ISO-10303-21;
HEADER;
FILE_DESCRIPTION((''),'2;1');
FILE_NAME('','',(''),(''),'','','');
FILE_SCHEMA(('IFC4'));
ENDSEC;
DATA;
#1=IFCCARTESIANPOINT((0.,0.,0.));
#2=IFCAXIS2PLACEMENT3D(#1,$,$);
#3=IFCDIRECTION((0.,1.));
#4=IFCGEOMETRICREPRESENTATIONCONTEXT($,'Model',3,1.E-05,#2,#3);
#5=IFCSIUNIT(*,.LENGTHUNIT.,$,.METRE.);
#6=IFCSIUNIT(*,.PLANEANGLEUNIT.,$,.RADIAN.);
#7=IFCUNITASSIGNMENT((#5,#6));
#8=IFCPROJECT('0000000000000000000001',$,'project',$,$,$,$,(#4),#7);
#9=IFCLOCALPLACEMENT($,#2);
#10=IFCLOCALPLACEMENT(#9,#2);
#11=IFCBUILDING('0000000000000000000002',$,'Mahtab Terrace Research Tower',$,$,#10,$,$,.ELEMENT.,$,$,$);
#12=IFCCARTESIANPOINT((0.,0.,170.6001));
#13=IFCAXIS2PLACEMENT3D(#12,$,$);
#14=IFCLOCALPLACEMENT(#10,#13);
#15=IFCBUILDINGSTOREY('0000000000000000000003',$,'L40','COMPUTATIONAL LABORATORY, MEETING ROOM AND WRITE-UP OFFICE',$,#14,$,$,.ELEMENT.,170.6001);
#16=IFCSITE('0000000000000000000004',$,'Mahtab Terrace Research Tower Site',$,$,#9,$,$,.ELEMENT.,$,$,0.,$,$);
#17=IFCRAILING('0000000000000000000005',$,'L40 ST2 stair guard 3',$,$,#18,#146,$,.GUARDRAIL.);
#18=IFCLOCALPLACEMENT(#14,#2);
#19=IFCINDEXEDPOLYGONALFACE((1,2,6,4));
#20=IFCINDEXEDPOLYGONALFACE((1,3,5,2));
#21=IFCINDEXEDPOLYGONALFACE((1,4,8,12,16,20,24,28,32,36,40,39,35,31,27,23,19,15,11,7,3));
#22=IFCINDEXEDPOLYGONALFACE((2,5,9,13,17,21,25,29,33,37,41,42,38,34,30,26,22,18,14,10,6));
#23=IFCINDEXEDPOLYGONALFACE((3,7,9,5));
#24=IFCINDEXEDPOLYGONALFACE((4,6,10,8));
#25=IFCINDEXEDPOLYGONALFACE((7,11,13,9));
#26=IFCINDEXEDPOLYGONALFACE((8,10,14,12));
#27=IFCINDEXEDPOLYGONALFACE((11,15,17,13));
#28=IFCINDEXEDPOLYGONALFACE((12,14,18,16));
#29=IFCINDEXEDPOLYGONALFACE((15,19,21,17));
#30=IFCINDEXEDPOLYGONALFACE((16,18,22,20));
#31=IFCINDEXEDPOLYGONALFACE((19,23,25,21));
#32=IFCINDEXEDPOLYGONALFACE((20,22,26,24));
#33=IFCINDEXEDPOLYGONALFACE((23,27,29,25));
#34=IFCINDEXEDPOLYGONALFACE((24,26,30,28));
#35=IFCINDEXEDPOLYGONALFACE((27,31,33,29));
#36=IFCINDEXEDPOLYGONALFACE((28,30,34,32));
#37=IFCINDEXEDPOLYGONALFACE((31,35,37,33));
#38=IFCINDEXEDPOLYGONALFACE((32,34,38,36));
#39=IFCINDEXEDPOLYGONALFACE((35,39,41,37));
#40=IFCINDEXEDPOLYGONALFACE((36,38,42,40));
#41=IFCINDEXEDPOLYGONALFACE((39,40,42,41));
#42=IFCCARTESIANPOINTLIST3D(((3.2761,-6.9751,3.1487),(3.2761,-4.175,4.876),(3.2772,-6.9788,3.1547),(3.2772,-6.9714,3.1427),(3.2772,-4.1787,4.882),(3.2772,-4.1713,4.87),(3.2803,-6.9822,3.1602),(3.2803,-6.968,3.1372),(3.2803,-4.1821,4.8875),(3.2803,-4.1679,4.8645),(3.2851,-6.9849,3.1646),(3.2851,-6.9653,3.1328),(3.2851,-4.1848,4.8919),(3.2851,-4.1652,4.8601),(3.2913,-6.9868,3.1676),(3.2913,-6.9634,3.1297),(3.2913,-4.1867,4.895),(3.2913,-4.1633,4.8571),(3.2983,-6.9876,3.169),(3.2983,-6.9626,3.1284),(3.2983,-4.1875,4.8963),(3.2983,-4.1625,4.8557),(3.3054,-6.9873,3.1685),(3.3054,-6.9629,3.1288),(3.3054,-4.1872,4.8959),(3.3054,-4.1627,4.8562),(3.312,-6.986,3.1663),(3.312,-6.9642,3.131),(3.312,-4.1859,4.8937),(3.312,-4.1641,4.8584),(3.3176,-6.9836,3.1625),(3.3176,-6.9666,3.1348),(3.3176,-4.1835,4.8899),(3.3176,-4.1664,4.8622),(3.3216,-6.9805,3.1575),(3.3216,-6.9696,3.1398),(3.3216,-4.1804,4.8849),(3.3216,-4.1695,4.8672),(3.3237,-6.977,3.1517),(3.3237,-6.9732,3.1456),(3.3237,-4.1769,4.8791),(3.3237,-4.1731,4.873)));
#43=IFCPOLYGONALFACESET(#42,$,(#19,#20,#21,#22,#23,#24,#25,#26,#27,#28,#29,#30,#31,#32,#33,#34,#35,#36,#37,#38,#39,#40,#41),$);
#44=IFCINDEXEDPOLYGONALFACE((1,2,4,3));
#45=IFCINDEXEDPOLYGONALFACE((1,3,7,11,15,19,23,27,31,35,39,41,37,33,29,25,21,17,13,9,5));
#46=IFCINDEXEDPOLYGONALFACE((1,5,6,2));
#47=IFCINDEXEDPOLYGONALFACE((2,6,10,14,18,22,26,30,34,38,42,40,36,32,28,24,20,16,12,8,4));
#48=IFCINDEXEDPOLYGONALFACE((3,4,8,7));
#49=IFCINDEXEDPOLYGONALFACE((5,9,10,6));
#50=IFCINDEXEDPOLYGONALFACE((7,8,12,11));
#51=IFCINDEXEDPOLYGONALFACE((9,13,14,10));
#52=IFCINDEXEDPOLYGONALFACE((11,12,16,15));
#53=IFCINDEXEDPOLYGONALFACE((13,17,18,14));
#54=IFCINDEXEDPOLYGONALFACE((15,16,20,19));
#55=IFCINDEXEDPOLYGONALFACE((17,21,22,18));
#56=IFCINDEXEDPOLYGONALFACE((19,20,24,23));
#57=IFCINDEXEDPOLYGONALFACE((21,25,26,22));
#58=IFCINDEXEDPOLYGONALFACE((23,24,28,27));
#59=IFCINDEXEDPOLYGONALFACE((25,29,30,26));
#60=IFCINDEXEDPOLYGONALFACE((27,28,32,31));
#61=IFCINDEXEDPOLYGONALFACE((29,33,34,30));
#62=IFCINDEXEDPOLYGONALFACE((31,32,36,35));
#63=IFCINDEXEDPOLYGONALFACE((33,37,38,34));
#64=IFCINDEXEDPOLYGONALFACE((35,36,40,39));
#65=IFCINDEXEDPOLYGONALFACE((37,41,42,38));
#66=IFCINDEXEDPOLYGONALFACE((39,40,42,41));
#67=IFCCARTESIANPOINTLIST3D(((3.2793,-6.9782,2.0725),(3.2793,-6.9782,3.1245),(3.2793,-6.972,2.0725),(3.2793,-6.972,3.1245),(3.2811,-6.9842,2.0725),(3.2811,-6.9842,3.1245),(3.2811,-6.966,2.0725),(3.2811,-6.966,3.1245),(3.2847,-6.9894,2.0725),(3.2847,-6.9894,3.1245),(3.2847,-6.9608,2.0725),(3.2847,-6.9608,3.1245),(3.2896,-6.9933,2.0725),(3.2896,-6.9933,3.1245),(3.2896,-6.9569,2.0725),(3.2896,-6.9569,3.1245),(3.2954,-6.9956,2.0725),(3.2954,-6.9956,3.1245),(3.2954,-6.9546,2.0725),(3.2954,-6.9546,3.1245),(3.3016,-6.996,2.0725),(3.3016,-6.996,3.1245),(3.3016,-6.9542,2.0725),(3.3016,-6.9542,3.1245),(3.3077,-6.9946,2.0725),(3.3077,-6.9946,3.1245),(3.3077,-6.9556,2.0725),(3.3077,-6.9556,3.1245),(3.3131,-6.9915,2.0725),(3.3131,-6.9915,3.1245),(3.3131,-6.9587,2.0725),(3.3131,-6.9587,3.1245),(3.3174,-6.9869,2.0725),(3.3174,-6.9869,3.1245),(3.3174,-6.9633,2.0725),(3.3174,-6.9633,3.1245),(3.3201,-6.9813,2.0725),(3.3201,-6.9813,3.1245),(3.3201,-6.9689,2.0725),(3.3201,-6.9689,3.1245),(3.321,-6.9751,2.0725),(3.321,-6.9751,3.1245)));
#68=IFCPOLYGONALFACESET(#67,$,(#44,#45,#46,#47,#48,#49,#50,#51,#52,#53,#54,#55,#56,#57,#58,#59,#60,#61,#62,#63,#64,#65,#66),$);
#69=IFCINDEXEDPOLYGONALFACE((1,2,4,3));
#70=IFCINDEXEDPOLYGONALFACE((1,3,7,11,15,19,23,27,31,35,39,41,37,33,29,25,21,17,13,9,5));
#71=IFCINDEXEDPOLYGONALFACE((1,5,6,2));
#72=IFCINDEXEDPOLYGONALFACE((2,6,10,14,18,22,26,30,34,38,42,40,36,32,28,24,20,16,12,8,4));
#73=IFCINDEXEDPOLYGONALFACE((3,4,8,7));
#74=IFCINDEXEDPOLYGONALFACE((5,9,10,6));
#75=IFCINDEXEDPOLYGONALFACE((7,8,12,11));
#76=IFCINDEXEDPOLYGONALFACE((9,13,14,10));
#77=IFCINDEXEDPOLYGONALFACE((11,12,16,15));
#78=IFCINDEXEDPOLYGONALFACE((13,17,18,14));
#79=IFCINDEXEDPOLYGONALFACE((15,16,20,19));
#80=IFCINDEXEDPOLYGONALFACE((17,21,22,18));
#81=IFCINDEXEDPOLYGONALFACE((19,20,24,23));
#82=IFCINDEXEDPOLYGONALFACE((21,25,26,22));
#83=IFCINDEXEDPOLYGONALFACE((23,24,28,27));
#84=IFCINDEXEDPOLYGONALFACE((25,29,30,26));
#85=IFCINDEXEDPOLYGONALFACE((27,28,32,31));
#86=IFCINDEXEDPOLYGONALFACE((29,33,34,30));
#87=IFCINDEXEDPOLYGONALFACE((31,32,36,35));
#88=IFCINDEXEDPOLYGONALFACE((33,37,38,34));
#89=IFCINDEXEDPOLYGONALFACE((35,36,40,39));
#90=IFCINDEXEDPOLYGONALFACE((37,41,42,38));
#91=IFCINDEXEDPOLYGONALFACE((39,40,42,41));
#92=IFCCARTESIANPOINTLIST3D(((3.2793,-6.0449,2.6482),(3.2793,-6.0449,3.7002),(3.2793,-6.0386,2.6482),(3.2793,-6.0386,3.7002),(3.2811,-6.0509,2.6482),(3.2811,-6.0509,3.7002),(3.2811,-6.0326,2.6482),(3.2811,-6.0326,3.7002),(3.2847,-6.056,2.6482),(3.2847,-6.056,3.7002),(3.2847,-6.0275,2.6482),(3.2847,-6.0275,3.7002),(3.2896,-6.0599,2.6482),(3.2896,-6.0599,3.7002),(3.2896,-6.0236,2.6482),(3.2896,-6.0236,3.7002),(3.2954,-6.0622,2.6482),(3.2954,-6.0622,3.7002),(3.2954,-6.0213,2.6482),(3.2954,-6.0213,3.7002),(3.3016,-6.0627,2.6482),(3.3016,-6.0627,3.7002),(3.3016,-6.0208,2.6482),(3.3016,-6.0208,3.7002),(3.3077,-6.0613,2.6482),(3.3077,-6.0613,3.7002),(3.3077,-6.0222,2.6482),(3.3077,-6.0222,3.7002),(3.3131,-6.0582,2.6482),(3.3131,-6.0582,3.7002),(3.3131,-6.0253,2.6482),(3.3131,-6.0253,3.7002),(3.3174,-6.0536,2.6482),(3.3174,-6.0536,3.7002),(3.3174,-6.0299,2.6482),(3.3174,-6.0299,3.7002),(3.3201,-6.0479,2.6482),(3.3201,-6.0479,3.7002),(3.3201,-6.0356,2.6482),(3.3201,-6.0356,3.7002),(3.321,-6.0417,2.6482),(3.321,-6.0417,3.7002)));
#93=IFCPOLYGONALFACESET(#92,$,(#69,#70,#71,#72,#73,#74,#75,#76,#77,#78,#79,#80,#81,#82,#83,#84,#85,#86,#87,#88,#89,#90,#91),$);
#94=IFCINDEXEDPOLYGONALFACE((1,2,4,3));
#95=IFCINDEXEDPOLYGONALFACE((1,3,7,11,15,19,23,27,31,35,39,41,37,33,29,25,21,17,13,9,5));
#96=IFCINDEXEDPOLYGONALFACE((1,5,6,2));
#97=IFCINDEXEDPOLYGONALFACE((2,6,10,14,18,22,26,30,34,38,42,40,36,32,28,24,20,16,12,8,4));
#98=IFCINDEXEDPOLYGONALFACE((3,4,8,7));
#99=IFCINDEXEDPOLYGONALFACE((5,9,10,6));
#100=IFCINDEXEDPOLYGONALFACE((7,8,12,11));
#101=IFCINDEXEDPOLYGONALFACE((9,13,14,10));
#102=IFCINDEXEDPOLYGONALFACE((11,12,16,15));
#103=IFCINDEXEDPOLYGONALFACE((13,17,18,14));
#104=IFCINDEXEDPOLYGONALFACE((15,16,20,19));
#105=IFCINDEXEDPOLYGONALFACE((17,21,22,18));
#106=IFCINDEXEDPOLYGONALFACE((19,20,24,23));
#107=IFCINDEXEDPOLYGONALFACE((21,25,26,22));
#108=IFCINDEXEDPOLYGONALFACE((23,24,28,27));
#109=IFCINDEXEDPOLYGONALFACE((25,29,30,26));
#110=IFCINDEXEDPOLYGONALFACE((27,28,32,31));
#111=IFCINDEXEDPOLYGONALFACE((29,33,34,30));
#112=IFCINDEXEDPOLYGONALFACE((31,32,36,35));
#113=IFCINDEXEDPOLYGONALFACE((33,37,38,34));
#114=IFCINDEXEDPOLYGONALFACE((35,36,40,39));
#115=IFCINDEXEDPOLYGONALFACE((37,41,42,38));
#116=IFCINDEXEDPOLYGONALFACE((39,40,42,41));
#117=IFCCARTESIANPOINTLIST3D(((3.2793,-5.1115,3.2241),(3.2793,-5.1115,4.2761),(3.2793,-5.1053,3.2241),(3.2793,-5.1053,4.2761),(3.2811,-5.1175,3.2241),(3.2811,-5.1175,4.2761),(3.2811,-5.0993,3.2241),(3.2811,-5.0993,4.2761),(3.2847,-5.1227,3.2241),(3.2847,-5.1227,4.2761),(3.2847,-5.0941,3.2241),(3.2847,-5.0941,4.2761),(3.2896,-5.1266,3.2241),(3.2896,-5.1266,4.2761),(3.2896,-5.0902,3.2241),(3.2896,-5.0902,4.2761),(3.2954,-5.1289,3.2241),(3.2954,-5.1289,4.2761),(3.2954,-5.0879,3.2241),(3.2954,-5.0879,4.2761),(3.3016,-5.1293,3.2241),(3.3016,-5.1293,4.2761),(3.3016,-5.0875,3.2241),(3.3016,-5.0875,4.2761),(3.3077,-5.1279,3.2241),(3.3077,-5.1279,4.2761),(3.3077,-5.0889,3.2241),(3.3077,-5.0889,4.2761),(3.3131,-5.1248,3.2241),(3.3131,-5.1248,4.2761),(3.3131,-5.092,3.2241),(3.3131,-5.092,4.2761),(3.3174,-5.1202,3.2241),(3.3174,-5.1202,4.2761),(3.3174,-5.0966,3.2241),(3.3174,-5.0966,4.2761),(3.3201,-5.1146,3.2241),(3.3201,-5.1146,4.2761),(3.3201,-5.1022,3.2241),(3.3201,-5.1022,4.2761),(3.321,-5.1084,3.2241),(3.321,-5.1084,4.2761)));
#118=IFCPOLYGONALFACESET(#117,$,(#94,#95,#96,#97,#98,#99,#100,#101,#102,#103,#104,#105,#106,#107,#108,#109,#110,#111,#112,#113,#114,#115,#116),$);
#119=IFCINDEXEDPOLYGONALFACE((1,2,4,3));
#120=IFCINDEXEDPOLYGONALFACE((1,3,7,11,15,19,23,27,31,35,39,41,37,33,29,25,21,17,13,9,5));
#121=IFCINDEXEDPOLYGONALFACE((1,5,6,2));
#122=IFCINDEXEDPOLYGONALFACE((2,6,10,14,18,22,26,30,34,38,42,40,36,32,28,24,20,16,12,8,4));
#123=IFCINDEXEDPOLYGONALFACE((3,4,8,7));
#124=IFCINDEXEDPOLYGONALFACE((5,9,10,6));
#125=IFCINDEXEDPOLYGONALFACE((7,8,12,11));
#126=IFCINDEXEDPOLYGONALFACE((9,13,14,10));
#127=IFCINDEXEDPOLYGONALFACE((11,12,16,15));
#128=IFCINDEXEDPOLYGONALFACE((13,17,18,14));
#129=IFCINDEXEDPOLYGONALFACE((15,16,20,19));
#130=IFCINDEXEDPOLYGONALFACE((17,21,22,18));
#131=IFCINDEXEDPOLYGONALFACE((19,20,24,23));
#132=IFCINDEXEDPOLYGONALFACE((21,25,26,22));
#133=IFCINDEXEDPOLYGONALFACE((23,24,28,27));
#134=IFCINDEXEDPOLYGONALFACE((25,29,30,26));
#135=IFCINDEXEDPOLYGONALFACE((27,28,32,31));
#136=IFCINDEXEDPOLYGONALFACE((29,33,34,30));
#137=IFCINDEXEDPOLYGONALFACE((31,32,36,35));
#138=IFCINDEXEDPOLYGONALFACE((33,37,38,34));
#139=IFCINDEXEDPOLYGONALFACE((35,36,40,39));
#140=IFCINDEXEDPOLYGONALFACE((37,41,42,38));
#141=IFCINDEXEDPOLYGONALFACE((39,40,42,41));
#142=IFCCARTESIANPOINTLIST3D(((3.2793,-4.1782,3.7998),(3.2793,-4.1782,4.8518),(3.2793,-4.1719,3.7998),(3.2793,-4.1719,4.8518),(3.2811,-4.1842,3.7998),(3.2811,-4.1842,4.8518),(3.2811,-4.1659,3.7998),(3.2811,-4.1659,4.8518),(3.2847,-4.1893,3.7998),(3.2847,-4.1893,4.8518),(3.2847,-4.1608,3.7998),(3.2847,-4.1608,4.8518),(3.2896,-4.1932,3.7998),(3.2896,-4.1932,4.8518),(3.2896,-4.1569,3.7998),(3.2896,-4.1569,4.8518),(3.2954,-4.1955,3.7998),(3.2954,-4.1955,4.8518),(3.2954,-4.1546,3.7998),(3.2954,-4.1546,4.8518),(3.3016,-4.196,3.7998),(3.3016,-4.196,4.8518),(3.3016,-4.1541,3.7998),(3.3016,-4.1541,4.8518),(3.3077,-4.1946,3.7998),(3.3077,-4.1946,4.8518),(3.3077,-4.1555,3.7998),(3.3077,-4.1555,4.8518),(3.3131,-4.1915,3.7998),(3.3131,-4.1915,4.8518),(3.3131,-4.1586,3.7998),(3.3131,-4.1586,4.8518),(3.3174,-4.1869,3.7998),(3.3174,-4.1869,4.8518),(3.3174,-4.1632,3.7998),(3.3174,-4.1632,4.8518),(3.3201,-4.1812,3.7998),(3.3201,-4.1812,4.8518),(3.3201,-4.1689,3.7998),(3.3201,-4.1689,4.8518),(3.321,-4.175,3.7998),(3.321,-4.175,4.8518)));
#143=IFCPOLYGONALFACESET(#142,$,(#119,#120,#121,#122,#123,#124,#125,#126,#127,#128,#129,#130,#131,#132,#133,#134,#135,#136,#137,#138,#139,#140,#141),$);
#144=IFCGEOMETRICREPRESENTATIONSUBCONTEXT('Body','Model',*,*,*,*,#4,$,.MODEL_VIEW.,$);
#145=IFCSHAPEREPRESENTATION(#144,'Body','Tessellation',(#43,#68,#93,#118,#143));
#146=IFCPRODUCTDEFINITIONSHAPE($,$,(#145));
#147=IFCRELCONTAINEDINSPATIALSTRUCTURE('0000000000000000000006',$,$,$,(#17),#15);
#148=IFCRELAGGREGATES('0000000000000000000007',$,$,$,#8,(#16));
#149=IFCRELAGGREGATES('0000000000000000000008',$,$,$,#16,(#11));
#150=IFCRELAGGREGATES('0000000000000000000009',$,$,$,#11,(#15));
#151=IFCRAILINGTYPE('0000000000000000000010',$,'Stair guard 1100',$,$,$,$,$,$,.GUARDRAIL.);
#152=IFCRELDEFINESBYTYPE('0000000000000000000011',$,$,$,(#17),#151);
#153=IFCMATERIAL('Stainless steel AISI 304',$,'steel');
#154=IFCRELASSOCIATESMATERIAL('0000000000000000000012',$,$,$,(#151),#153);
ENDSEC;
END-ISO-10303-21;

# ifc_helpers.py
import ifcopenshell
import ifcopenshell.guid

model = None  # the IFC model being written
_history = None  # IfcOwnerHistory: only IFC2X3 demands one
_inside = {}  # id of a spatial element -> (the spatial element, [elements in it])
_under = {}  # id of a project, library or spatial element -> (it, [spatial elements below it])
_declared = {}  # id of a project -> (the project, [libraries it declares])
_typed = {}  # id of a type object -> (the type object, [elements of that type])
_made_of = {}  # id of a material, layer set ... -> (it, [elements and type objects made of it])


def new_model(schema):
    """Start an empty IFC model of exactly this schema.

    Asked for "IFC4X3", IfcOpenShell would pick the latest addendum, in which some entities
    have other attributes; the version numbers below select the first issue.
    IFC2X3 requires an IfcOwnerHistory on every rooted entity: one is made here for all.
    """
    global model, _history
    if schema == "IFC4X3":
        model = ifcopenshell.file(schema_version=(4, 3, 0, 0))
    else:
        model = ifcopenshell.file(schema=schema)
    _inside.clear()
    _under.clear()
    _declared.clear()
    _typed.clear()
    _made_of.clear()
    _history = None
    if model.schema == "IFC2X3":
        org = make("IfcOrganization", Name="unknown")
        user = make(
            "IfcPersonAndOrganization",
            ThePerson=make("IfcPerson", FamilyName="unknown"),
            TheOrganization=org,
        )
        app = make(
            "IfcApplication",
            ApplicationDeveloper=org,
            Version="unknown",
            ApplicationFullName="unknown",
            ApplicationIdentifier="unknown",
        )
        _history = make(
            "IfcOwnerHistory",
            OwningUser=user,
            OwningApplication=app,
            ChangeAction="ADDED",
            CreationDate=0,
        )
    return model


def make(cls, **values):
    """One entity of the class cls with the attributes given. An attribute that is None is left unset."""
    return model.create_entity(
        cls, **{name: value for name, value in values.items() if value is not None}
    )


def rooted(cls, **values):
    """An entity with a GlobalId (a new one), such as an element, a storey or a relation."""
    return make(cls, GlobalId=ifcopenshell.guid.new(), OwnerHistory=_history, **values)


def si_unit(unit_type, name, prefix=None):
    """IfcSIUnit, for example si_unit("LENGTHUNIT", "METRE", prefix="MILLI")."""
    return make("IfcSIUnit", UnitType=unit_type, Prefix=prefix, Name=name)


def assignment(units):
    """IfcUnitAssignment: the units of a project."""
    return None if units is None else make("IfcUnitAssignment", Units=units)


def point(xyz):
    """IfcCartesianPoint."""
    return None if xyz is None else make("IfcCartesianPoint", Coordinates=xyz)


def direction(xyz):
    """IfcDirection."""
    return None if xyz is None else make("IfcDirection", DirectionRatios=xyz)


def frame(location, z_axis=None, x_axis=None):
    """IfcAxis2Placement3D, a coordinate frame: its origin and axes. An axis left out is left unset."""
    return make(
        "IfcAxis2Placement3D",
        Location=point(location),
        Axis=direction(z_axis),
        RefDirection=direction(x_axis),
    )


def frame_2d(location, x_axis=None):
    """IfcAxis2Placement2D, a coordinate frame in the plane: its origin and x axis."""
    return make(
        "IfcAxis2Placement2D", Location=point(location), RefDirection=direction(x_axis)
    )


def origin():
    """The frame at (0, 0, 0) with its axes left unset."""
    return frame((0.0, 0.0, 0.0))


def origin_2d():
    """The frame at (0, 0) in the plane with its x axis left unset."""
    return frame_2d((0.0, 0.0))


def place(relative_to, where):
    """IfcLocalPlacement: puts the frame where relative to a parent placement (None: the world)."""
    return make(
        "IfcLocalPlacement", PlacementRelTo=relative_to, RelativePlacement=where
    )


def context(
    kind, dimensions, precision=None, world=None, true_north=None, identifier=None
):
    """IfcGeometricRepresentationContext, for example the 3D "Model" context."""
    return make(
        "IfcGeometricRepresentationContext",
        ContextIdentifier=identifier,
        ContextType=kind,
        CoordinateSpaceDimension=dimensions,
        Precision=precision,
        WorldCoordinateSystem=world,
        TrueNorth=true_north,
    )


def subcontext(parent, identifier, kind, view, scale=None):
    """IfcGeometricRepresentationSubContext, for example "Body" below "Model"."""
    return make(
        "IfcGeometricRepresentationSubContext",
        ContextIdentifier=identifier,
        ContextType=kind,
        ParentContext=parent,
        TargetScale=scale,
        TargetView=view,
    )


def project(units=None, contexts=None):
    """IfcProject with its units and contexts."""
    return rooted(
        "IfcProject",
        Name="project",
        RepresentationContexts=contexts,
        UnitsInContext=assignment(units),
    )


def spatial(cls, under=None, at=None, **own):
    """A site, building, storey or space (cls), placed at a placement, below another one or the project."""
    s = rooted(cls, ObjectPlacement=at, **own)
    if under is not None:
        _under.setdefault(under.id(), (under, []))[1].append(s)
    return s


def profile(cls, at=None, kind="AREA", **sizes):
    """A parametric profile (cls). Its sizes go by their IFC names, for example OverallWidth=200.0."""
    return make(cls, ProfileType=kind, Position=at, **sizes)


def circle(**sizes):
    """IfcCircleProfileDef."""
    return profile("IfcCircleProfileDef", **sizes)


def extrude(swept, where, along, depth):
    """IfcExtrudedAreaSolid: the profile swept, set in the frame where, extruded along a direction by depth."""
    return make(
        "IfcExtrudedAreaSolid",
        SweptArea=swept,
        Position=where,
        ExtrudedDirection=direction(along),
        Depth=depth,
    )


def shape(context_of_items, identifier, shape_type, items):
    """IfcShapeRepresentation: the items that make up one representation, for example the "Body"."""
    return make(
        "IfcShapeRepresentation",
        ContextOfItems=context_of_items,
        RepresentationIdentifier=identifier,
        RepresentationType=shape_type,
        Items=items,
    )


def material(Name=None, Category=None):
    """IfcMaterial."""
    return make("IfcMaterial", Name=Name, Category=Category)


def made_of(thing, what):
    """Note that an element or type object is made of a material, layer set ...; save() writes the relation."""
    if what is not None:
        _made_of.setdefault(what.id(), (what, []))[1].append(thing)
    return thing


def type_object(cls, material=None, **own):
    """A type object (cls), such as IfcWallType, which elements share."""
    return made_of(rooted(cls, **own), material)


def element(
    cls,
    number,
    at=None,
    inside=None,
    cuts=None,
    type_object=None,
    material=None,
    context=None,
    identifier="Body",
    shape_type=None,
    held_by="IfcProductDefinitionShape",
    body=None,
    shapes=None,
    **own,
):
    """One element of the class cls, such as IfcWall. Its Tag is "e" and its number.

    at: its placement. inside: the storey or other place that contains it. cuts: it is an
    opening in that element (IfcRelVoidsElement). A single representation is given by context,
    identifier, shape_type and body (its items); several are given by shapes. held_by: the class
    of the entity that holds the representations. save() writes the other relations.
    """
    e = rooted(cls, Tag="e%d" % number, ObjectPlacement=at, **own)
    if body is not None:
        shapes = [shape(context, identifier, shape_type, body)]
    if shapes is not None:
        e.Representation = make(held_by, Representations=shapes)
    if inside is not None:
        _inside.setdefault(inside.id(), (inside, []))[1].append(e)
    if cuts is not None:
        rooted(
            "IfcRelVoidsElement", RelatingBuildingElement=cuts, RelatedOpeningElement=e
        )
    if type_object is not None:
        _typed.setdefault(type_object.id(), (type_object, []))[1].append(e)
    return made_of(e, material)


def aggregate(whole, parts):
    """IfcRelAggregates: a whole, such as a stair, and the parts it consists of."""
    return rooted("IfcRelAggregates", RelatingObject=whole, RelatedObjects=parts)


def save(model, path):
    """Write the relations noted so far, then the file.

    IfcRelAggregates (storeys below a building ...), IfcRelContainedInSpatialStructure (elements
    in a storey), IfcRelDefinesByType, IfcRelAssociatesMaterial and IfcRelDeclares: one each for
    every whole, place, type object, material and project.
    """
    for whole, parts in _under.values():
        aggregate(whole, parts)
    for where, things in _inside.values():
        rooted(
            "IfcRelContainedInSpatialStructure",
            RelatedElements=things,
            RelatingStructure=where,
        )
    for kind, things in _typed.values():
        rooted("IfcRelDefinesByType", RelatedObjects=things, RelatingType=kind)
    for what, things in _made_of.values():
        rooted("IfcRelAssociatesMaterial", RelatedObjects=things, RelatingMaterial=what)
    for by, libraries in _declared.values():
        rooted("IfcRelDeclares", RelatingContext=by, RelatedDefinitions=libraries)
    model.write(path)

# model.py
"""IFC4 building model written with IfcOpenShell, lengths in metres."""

from ifc_helpers import new_model, si_unit, direction, frame, origin, origin_2d, place, context, subcontext, project, spatial, circle, extrude, material, type_object, element, save


model = new_model("IFC4")

# Units and contexts
model_context = context("Model", 3, precision=1e-05, world=origin(), true_north=direction((0.0, 1.0)))
body_context = subcontext(model_context, "Body", "Model", "MODEL_VIEW")
ifc_project = project(units=[si_unit("LENGTHUNIT", "METRE"), si_unit("PLANEANGLEUNIT", "RADIAN")], contexts=[model_context])

# Site, building, storey
site_placement = place(None, origin())
site = spatial("IfcSite", under=ifc_project, at=site_placement, Name="Mahtab Terrace Research Tower Site", CompositionType="ELEMENT", RefElevation=0.0)
building_placement = place(site_placement, origin())
building = spatial("IfcBuilding", under=site, at=building_placement, Name="Mahtab Terrace Research Tower", CompositionType="ELEMENT")
storey_placement = place(building_placement, frame((0.0, 0.0, 170.6001)))
storey = spatial("IfcBuildingStorey", under=building, at=storey_placement, Name="L40", Description="COMPUTATIONAL LABORATORY, MEETING ROOM AND WRITE-UP OFFICE", CompositionType="ELEMENT", Elevation=170.6001)

# Railing
ifc_material_1 = material(Name="Stainless steel AISI 304", Category="steel")
railing_type_1 = type_object("IfcRailingType", Name="Stair guard 1100", PredefinedType="GUARDRAIL", material=ifc_material_1)
railing_1_placement = place(storey_placement, frame((3.3, -6.9751, 2.0725)))
element("IfcRailing", 1, at=railing_1_placement, inside=storey, type_object=railing_type_1, Name="L40 ST2 stair guard 3", PredefinedType="GUARDRAIL", context=body_context, shape_type="SweptSolid", body=[
    extrude(circle(Radius=0.0239, at=origin_2d()), frame((0.0, 0.0, 1.0762), z_axis=(0.0, 0.85109, 0.52502), x_axis=(-1.0, 0.0, 0.0)), (0.0, 0.0, 1.0), 3.29),
    extrude(circle(Radius=0.021, at=origin_2d()), origin(), (0.0, 0.0, 1.0), 1.052),
    extrude(circle(Radius=0.021, at=origin_2d()), frame((0.0, 0.9333, 0.5757)), (0.0, 0.0, 1.0), 1.052),
    extrude(circle(Radius=0.021, at=origin_2d()), frame((0.0, 1.8667, 1.1516)), (0.0, 0.0, 1.0), 1.052),
    extrude(circle(Radius=0.021, at=origin_2d()), frame((0.0, 2.8, 1.7273)), (0.0, 0.0, 1.0), 1.052),
])

save(model, "model.ifc")
